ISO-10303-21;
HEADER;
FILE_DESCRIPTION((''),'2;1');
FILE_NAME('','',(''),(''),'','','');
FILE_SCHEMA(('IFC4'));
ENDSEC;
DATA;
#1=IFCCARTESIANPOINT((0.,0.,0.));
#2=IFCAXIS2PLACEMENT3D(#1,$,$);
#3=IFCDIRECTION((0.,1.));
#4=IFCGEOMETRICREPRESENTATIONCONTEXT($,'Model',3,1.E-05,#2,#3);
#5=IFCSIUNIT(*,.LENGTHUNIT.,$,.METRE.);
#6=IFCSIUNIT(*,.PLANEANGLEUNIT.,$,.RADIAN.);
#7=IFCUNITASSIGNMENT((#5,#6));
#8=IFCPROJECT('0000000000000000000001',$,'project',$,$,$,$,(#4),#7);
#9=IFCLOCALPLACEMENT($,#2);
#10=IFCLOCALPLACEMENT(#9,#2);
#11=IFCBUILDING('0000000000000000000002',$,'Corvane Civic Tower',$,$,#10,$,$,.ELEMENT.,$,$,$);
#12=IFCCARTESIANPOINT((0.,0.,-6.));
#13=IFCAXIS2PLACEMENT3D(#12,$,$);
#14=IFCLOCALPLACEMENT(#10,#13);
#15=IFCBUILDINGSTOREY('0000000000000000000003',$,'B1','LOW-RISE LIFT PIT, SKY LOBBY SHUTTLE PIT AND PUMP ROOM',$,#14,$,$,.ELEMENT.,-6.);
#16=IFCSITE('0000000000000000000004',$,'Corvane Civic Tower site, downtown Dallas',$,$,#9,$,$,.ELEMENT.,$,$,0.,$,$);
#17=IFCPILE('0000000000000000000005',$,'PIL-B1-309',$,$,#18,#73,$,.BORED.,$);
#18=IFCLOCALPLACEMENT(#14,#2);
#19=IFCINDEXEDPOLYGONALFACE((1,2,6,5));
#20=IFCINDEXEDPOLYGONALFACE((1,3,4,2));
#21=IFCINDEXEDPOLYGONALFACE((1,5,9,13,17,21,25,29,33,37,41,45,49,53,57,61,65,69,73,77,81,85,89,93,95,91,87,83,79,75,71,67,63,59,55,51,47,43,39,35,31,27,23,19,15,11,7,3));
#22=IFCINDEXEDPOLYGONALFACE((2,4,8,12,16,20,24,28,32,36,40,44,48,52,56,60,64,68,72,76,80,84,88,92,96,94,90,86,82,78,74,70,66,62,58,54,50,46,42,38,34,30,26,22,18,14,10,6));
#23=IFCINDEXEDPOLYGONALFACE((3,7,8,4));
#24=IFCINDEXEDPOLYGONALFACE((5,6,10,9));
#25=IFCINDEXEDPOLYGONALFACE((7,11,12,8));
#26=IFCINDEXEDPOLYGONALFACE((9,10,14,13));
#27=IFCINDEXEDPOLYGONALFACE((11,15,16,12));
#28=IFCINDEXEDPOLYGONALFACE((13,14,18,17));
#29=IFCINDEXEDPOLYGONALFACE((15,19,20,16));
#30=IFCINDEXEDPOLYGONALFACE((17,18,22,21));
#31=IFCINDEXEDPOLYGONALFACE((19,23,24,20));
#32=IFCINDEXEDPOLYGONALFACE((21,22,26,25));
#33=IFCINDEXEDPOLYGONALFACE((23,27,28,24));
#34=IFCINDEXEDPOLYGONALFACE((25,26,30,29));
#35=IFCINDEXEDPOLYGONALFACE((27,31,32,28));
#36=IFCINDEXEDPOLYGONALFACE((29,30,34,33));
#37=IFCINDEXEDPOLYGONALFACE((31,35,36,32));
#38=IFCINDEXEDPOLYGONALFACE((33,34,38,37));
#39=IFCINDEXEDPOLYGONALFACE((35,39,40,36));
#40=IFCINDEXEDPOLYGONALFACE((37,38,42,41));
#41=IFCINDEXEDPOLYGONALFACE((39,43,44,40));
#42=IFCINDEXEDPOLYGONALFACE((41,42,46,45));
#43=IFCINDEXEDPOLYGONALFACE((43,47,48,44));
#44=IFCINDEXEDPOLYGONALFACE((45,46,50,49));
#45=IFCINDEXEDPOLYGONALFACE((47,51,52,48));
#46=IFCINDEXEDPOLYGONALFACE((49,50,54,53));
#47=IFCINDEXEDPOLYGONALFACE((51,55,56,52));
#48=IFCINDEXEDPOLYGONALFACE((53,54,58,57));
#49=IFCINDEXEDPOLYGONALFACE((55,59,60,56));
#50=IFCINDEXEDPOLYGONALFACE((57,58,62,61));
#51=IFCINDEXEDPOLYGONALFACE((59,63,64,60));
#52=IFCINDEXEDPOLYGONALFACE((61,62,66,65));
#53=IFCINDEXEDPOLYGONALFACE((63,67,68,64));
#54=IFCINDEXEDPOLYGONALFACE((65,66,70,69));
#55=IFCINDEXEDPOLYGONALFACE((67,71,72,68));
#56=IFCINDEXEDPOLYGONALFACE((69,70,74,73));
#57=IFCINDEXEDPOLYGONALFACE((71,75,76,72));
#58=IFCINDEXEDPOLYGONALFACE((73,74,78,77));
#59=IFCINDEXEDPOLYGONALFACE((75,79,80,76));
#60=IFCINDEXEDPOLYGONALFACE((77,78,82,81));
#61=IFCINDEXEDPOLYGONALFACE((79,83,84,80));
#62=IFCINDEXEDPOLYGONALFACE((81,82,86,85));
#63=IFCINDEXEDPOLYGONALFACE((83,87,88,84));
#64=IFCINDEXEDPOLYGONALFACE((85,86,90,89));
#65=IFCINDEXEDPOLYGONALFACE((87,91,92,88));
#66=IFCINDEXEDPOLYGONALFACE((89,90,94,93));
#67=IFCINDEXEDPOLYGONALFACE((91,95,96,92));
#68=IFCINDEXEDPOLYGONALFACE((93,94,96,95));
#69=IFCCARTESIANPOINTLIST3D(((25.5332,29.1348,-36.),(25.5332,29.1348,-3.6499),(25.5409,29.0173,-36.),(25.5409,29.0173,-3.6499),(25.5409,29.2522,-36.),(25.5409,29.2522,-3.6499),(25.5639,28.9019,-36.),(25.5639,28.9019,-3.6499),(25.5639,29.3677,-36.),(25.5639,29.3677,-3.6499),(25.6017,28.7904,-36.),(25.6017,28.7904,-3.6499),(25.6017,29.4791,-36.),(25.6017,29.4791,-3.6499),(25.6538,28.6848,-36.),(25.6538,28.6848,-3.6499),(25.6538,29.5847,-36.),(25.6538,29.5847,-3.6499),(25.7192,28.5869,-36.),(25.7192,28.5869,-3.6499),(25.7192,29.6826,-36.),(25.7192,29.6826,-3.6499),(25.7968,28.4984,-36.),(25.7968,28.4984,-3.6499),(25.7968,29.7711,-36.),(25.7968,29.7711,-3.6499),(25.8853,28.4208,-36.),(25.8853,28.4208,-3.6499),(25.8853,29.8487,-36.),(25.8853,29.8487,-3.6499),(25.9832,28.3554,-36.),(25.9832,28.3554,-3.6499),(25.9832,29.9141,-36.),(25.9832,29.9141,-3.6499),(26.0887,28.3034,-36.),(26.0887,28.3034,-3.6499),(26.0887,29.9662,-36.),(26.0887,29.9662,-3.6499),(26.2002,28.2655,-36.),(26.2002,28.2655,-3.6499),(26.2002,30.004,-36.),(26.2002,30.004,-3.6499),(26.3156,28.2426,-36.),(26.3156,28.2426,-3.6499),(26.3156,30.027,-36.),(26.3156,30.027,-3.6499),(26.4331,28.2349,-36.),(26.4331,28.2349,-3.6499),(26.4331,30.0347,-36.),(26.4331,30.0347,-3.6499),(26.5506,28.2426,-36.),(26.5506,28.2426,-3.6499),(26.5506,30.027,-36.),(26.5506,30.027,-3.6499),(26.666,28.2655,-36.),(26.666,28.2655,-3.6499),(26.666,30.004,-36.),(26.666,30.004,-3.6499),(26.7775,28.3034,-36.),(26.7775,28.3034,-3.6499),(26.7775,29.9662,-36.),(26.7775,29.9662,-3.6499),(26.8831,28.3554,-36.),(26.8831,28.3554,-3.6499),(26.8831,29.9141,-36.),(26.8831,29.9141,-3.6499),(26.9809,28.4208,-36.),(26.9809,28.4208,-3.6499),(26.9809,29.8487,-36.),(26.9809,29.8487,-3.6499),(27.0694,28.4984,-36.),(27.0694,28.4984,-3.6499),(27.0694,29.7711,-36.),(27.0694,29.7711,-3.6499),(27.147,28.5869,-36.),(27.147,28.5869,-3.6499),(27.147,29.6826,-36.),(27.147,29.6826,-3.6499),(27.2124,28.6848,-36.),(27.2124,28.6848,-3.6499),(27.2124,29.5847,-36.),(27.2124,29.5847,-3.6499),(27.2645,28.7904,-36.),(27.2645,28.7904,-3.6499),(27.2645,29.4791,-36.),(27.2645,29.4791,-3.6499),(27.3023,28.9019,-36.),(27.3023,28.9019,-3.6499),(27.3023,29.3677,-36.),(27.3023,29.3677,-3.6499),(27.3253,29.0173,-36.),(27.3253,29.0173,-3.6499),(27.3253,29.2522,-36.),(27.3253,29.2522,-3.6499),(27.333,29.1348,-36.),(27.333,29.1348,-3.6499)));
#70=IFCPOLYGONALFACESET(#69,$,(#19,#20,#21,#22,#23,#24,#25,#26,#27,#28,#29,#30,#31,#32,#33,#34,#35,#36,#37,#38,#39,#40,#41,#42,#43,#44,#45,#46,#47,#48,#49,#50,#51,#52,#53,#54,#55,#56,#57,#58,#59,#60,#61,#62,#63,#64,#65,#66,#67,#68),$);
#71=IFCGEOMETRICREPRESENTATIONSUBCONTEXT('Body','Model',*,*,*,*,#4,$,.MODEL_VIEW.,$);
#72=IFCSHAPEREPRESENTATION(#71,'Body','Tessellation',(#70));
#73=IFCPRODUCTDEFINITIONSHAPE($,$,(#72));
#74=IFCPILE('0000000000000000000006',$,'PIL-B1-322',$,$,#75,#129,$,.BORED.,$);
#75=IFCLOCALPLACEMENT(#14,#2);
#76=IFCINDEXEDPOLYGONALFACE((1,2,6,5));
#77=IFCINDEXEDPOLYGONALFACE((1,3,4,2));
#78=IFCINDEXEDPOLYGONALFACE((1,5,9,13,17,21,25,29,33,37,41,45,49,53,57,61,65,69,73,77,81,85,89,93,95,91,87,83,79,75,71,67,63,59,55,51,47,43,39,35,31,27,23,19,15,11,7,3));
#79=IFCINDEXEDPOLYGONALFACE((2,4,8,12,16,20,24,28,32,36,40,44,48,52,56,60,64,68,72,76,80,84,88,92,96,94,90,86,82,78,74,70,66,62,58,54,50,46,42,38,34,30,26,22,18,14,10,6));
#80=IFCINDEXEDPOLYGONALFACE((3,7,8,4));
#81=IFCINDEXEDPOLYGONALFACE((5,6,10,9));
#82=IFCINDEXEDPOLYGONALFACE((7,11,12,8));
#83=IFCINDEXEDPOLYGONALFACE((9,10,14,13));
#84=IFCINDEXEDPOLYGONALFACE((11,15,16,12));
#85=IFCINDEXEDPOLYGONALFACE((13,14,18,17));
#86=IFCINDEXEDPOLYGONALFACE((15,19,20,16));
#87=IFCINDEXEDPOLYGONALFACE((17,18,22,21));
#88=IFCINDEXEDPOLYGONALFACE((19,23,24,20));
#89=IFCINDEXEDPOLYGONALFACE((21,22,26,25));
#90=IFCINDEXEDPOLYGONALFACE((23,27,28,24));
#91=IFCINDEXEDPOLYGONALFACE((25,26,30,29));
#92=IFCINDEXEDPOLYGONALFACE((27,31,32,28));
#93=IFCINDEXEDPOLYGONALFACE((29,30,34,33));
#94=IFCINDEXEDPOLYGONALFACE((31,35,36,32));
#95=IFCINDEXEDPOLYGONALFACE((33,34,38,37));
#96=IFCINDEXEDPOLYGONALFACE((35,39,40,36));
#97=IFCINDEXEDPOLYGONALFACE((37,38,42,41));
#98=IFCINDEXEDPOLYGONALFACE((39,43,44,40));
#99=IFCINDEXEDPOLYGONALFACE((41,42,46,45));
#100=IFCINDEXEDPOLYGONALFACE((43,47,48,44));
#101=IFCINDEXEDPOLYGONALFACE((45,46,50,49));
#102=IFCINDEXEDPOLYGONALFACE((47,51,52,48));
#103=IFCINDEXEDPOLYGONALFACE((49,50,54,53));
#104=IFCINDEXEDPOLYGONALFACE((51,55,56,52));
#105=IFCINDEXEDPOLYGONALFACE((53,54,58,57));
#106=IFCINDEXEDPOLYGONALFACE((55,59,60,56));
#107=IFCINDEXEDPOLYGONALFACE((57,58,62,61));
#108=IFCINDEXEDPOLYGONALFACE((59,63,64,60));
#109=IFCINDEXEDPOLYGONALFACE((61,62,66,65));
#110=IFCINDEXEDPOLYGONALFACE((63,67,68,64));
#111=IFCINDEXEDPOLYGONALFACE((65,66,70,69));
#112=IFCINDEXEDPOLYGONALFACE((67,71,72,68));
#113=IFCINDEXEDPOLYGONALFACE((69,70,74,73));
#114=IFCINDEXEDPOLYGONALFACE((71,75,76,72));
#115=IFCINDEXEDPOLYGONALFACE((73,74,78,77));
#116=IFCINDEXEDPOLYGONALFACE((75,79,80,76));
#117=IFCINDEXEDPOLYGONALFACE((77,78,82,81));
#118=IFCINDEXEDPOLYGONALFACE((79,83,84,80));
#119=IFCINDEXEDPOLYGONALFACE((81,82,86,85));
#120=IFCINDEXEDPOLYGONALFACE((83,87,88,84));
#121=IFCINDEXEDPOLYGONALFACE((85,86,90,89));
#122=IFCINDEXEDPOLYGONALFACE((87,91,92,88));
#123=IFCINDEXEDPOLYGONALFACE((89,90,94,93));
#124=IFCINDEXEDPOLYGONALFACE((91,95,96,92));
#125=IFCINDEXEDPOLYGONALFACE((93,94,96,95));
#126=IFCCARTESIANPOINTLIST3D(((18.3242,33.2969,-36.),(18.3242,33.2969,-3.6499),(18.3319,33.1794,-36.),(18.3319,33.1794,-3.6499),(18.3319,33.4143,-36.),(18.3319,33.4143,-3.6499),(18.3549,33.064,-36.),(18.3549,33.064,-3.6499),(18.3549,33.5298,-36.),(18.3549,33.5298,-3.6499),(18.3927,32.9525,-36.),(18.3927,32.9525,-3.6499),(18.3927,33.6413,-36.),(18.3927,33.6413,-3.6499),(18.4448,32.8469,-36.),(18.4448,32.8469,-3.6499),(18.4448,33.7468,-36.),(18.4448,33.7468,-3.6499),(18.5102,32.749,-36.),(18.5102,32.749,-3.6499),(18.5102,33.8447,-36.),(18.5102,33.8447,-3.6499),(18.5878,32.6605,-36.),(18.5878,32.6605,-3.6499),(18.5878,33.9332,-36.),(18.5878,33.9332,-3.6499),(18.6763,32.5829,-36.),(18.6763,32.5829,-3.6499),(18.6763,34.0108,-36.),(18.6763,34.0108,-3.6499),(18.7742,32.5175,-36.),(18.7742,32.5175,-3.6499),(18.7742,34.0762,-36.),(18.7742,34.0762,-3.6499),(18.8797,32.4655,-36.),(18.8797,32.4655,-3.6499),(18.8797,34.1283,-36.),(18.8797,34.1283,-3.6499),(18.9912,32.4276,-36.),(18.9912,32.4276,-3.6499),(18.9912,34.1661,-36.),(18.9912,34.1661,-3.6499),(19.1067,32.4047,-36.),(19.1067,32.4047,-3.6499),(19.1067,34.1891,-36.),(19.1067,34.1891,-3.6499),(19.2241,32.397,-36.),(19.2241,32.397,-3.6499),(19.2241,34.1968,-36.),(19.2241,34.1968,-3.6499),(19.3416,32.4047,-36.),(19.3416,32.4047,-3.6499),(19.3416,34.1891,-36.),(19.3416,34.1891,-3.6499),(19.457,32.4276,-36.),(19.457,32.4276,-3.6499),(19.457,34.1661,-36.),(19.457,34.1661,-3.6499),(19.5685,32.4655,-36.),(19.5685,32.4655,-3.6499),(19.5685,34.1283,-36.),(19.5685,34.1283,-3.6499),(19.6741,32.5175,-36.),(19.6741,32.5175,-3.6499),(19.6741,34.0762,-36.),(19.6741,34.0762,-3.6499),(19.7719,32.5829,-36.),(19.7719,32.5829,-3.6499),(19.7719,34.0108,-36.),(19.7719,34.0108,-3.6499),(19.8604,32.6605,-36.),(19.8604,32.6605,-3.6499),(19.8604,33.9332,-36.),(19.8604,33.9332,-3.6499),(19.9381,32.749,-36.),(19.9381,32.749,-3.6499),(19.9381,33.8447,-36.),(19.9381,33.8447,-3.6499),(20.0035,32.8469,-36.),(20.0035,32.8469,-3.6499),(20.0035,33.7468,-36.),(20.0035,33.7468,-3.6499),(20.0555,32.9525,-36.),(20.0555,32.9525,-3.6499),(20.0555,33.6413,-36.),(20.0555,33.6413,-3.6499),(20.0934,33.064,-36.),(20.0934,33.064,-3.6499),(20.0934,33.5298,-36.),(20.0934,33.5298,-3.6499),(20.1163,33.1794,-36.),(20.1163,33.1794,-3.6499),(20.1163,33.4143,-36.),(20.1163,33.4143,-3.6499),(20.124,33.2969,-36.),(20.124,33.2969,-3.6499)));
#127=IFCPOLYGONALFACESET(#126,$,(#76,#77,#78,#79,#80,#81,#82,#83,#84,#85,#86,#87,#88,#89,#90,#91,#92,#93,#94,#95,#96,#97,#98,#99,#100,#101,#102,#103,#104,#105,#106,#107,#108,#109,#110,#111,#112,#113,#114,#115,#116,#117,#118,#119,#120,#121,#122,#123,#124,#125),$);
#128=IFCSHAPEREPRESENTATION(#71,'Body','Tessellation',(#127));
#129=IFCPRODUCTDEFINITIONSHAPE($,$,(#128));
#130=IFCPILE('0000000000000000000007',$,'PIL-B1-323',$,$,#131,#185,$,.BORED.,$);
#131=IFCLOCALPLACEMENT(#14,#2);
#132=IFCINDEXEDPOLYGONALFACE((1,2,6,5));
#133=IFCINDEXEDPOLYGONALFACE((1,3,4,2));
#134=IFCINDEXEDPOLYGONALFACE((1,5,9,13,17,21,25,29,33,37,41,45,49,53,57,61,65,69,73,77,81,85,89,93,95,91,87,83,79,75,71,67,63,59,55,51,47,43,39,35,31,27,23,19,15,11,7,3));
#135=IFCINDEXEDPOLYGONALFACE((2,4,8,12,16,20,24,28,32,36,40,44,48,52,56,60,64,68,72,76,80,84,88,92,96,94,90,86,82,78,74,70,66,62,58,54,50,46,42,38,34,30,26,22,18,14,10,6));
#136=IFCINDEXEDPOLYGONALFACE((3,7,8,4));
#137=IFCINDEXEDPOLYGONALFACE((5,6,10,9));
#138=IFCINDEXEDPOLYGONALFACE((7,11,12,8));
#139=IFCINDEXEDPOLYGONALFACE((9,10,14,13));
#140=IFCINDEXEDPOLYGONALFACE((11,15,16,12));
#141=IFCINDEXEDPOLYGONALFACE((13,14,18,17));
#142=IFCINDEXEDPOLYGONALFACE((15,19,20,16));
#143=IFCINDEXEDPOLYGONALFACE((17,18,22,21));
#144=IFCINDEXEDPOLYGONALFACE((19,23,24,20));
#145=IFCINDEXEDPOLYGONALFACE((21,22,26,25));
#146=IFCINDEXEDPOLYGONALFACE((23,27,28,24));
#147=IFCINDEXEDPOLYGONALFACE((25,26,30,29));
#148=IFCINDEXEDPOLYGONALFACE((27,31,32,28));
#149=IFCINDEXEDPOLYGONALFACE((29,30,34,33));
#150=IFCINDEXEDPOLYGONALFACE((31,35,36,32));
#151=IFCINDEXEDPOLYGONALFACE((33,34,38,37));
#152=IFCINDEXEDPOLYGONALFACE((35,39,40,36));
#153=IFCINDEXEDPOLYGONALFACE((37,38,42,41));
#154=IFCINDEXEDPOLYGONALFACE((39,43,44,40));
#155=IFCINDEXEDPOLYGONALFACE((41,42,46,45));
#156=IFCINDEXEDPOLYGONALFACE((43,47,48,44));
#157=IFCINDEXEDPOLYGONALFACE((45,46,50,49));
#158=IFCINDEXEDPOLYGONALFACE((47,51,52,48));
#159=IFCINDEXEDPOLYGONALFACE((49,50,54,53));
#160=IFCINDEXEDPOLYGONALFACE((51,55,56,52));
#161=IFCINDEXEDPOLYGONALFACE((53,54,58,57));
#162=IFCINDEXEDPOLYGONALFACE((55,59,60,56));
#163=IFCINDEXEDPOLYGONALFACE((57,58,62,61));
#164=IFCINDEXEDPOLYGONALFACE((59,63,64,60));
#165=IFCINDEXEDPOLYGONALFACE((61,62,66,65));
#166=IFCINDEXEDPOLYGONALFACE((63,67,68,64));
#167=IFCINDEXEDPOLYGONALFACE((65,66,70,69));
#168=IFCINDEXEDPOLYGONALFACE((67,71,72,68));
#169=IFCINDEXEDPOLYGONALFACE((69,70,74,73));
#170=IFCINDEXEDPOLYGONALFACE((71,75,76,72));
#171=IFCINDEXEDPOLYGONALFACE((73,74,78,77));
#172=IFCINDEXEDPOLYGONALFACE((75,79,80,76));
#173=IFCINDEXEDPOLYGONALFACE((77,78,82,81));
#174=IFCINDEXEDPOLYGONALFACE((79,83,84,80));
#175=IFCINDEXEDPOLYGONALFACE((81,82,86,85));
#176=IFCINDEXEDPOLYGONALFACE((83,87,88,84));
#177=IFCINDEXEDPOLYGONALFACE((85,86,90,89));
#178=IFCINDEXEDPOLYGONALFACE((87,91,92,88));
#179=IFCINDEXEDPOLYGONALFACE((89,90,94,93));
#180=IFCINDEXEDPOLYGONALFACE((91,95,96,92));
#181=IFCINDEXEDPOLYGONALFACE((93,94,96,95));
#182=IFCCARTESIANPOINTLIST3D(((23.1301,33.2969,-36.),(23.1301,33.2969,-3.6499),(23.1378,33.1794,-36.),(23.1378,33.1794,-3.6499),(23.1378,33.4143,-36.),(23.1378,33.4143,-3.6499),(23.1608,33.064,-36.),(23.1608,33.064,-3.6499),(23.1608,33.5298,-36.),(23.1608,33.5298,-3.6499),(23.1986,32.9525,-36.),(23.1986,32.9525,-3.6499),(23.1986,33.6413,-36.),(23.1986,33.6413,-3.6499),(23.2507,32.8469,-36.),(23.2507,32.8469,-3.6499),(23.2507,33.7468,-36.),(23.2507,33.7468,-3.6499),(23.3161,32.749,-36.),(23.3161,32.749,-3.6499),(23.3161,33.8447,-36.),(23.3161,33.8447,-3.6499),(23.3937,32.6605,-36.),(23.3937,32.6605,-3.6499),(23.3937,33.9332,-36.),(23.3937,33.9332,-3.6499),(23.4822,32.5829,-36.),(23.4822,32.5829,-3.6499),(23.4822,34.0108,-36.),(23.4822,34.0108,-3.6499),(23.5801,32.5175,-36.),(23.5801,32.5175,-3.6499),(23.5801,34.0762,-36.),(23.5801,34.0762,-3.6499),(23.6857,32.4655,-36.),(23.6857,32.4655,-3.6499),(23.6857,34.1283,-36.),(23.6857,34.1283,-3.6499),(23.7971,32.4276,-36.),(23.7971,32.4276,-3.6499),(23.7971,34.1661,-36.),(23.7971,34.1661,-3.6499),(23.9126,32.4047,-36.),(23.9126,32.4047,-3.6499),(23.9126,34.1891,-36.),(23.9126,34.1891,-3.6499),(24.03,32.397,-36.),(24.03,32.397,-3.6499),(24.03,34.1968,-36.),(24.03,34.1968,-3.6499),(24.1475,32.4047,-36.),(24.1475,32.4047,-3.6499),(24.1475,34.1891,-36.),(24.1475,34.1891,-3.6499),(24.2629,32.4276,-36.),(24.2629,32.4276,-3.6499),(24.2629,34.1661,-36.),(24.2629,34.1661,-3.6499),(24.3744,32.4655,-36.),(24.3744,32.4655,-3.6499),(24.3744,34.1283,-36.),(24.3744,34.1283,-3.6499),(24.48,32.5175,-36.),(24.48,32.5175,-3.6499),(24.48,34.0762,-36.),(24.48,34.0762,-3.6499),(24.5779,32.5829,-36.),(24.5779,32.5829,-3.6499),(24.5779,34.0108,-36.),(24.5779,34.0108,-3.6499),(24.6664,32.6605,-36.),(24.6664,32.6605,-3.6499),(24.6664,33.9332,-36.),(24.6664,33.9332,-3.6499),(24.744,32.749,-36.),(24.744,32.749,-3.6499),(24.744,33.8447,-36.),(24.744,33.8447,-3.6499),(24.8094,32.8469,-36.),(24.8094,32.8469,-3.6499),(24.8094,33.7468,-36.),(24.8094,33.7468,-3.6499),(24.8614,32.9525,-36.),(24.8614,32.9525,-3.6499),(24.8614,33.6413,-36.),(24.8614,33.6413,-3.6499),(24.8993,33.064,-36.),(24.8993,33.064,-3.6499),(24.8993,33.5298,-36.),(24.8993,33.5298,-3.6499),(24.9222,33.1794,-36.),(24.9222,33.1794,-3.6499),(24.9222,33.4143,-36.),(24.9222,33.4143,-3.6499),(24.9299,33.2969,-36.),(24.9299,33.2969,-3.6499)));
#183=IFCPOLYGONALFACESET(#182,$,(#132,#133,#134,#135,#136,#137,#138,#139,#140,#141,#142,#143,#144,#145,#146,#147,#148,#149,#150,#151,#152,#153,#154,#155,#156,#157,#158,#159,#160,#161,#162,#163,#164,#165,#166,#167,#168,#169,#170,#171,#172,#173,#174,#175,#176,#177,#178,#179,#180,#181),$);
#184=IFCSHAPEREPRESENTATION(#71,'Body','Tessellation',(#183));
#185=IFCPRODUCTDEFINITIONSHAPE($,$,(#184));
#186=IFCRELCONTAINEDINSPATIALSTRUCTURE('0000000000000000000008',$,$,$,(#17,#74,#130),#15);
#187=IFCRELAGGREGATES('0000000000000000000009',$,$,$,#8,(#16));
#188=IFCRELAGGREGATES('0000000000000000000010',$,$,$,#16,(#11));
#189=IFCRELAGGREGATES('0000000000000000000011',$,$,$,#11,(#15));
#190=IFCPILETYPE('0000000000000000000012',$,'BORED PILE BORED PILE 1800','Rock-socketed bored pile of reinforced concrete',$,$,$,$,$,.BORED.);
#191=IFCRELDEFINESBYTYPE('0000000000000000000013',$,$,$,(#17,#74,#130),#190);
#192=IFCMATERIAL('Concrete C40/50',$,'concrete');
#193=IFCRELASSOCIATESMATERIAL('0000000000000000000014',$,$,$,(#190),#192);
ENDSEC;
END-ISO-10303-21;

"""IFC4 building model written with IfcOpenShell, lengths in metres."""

from ifc_helpers import new_model, si_unit, direction, frame, origin, origin_2d, place, context, subcontext, project, spatial, circle, extrude, material, material_profile, profile_set, type_object, element, save


model = new_model("IFC4")

# Units and contexts
model_context = context("Model", 3, precision=1e-05, world=origin(), true_north=direction((0.0, 1.0)))
body_context = subcontext(model_context, "Body", "Model", "MODEL_VIEW")
ifc_project = project(units=[si_unit("LENGTHUNIT", "METRE"), si_unit("PLANEANGLEUNIT", "RADIAN")], contexts=[model_context])

# Site, building, storey
site_placement = place(None, origin())
site = spatial("IfcSite", under=ifc_project, at=site_placement, Name="Corvane Civic Tower site, downtown Dallas", CompositionType="ELEMENT", RefElevation=0.0)
building_placement = place(site_placement, origin())
building = spatial("IfcBuilding", under=site, at=building_placement, Name="Corvane Civic Tower", CompositionType="ELEMENT")
storey_placement = place(building_placement, frame((0.0, 0.0, -6.0)))
storey = spatial("IfcBuildingStorey", under=building, at=storey_placement, Name="B1", Description="LOW-RISE LIFT PIT, SKY LOBBY SHUTTLE PIT AND PUMP ROOM", CompositionType="ELEMENT", Elevation=-6.0)

# Piles
ifc_material_1 = material(Name="Concrete C40/50", Category="concrete")
ifc_material_profile_1 = material_profile(ifc_material_1, circle(Radius=0.8999, at=origin_2d()), Name="BORED PILE 1800")
ifc_profile_set_1 = profile_set([ifc_material_profile_1], Name="Concrete C40/50")
pile_type_1 = type_object("IfcPileType", Name="BORED PILE BORED PILE 1800", Description="Rock-socketed bored pile of reinforced concrete", PredefinedType="BORED", material=ifc_profile_set_1)
for number, where, z_axis, x_axis, name in (
    (1, (26.4331, 29.1348, -3.6499), (0.0, 0.0, -1.0), (1.0, 0.0, 0.0), "PIL-B1-309"),
    (2, (19.2241, 33.2969, -3.6499), (0.0, 0.0, -1.0), (1.0, 0.0, 0.0), "PIL-B1-322"),
    (3, (24.03, 33.2969, -3.6499), (0.0, 0.0, -1.0), (1.0, 0.0, 0.0), "PIL-B1-323"),
):
    element("IfcPile", number, at=place(storey_placement, frame(where, z_axis=z_axis, x_axis=x_axis)), inside=storey, type_object=pile_type_1, Name=name, PredefinedType="BORED", context=body_context, shape_type="SweptSolid", body=[
        extrude(circle(Radius=0.8999, at=origin_2d()), origin(), (0.0, 0.0, 1.0), 32.3501),
    ])

save(model, "model.ifc")
